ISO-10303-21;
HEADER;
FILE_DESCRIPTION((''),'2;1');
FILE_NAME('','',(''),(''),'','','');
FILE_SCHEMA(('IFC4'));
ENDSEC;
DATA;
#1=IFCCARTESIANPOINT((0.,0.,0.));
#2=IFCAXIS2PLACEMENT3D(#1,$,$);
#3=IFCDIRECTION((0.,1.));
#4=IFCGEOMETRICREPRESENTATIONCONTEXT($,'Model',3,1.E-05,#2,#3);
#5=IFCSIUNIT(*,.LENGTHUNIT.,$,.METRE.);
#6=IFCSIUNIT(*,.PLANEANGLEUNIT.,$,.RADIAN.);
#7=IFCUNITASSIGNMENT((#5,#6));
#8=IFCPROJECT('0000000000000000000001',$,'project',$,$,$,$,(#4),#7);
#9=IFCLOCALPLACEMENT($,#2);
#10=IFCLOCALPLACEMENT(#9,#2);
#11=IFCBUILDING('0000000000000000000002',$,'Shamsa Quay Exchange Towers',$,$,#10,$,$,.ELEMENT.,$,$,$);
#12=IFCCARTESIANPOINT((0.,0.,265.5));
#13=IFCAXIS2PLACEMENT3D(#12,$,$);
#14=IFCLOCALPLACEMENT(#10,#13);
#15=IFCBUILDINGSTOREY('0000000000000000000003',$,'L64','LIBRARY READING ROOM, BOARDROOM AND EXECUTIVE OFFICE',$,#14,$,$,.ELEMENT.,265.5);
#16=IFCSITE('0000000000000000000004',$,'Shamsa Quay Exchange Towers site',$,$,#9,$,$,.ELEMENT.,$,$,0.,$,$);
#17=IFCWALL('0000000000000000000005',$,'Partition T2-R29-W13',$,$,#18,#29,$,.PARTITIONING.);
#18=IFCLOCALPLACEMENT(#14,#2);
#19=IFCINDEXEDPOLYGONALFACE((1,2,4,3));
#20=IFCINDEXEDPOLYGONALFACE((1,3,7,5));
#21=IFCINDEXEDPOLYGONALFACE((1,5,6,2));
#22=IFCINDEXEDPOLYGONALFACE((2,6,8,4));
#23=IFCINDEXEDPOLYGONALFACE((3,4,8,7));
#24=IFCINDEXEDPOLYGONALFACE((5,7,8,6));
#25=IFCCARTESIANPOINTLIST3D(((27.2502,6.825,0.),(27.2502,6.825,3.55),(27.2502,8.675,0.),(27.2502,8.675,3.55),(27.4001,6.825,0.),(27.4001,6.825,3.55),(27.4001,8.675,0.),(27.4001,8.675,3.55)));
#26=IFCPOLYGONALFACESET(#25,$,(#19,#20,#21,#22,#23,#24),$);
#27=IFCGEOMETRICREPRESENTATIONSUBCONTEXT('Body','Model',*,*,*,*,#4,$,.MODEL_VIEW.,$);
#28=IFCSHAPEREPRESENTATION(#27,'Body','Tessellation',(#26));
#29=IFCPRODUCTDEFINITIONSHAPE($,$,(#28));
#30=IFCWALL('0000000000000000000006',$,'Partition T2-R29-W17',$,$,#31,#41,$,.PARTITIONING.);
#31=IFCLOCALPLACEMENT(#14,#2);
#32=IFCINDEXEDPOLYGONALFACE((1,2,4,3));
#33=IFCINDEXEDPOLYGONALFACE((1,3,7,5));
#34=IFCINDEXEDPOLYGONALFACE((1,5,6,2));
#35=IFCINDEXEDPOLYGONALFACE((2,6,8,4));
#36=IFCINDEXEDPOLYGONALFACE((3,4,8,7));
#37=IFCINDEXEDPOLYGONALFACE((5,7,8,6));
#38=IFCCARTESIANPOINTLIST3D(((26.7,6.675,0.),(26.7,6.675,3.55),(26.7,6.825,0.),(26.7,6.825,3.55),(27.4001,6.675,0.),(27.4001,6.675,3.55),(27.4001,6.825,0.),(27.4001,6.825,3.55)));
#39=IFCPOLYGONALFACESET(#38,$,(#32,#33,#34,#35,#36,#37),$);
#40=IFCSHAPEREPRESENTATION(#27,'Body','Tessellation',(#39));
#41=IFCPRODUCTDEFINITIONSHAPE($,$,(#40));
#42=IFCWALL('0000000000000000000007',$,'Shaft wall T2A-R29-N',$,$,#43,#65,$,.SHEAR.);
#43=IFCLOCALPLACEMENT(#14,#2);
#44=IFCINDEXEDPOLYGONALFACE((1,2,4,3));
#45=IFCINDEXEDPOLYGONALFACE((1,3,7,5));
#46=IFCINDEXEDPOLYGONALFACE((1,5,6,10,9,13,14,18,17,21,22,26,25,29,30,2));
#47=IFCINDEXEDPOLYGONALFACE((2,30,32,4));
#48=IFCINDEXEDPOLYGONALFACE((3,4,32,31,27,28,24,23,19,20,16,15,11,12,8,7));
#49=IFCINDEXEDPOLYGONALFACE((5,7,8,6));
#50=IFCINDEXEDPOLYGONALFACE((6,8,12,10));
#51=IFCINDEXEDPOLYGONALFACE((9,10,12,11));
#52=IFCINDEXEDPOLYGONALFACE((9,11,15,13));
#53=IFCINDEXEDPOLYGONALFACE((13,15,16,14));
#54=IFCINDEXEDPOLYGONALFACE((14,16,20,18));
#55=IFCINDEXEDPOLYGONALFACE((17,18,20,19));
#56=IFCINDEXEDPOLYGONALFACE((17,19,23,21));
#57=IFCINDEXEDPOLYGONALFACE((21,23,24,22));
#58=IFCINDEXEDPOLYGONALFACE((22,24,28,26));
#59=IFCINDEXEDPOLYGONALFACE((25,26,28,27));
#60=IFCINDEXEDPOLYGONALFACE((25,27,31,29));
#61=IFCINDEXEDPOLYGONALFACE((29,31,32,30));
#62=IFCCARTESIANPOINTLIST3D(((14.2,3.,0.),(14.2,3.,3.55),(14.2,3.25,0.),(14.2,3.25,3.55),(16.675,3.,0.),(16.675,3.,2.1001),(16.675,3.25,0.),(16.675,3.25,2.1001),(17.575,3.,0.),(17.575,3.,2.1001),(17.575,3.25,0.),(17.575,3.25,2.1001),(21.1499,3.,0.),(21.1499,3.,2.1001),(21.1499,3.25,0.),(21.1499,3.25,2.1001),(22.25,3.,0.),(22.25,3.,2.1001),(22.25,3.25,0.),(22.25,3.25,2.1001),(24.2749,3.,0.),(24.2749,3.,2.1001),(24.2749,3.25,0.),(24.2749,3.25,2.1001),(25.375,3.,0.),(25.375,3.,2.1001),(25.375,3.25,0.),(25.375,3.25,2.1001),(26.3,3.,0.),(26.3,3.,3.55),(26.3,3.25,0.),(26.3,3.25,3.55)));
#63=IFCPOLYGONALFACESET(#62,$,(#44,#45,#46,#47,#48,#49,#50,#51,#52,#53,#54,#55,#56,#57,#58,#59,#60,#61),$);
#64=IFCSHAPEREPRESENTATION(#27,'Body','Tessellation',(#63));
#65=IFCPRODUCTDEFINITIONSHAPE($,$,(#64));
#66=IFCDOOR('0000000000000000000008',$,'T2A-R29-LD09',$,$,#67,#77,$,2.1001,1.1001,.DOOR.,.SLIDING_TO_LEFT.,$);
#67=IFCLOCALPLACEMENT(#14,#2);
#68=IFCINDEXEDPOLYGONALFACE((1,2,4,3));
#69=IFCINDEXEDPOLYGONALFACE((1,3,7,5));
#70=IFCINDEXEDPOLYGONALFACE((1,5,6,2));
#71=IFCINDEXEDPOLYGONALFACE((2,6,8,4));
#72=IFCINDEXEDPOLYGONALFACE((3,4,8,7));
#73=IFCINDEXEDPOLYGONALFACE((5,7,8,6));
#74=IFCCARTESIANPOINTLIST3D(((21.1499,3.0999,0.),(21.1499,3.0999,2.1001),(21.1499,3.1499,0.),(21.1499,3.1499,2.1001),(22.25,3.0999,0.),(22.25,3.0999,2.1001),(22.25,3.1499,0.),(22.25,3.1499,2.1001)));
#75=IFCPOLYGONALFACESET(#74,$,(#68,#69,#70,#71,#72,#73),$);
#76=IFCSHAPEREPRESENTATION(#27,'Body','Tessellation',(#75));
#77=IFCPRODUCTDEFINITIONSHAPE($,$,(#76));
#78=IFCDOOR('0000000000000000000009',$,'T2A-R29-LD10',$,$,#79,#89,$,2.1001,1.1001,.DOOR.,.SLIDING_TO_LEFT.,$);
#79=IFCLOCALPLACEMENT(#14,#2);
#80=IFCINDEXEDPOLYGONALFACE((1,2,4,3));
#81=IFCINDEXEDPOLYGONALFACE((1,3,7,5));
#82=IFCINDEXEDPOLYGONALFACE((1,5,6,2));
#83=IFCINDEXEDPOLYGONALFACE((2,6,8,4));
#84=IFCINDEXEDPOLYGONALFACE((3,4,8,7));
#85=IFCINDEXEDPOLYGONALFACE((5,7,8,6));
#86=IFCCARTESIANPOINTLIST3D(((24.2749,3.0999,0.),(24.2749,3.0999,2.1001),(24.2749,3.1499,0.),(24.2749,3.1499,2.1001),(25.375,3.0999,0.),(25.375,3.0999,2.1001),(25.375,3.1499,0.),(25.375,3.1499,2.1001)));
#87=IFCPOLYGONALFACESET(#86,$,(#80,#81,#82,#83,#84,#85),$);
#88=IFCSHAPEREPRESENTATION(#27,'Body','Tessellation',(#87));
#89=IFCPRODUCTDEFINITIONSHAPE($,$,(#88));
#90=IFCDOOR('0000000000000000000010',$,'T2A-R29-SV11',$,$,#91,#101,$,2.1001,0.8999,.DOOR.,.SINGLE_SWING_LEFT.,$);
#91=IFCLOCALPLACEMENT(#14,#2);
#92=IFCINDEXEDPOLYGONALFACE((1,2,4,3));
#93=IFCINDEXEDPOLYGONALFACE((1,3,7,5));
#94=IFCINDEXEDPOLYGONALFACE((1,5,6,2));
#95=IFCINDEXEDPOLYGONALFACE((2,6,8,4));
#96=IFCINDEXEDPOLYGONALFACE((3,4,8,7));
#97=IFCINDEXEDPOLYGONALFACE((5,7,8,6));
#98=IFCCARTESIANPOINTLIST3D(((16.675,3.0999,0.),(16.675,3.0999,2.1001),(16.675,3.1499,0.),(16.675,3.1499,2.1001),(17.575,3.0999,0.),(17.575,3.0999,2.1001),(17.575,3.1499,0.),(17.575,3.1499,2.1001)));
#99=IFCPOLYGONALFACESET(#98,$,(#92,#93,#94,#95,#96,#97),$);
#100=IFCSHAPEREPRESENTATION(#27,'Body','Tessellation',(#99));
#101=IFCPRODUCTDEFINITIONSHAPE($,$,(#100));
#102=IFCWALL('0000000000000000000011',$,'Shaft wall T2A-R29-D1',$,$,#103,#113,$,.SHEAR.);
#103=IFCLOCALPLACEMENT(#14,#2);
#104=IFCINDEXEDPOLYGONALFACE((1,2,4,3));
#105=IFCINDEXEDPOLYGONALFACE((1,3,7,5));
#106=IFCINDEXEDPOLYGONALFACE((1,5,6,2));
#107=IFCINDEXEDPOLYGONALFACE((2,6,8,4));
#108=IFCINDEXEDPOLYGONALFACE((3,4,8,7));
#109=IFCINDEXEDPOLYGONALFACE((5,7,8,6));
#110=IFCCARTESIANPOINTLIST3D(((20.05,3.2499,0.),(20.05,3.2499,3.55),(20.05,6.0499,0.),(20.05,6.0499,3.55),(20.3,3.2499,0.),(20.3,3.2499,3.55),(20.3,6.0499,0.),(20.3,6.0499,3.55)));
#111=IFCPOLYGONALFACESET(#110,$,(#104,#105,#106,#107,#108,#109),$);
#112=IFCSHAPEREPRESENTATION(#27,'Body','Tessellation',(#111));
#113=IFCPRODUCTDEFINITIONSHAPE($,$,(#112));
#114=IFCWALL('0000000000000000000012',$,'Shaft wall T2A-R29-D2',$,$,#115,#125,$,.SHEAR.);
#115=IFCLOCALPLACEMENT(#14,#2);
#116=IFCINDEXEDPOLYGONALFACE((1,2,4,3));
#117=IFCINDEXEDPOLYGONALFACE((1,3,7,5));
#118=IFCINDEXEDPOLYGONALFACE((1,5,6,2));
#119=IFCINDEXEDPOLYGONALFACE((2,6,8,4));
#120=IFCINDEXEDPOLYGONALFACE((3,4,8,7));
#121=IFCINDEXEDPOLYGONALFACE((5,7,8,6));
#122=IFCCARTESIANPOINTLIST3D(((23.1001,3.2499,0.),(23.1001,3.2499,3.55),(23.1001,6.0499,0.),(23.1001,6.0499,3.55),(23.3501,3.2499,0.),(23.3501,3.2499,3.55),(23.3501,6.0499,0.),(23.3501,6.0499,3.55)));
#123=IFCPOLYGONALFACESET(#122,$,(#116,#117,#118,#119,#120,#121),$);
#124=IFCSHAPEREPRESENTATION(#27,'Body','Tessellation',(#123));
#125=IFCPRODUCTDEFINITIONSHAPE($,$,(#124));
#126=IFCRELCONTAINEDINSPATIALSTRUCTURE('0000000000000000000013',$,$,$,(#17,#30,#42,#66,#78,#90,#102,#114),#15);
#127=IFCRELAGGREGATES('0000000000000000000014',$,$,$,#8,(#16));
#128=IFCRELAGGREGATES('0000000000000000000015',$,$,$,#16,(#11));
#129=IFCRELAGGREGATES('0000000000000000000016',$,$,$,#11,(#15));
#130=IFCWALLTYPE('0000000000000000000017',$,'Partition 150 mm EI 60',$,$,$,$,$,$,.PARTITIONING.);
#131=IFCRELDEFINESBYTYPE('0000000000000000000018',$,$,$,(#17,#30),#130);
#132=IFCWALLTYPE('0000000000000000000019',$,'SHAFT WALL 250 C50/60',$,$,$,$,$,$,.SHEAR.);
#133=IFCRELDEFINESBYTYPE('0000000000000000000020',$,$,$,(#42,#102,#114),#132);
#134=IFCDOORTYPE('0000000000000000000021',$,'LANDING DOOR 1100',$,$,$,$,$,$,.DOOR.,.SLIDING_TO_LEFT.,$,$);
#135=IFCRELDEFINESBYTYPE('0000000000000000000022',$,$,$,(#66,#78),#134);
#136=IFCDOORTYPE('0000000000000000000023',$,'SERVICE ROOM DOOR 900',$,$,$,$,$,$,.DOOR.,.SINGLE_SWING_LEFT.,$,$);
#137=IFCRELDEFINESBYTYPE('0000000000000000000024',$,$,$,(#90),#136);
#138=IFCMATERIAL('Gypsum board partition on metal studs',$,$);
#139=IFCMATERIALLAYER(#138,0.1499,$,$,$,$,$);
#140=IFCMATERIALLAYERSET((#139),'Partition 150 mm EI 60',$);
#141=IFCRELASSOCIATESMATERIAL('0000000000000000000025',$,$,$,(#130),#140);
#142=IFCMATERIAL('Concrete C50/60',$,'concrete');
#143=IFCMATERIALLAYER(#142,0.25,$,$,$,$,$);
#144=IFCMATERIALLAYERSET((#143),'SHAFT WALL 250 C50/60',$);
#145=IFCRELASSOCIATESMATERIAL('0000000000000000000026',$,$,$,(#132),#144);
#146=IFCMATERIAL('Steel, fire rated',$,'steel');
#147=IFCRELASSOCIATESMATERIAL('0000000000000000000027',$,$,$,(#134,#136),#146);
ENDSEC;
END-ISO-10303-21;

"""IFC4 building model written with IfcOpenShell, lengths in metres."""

from ifc_helpers import new_model, si_unit, direction, frame, frame_2d, origin, place, context, subcontext, project, spatial, rectangle, extrude, material, layer, layer_set, type_object, element, fill, save


model = new_model("IFC4")

# Units and contexts
model_context = context("Model", 3, precision=1e-05, world=origin(), true_north=direction((0.0, 1.0)))
body_context = subcontext(model_context, "Body", "Model", "MODEL_VIEW")
ifc_project = project(units=[si_unit("LENGTHUNIT", "METRE"), si_unit("PLANEANGLEUNIT", "RADIAN")], contexts=[model_context])

# Site, building, storey
site_placement = place(None, origin())
site = spatial("IfcSite", under=ifc_project, at=site_placement, Name="Shamsa Quay Exchange Towers site", CompositionType="ELEMENT", RefElevation=0.0)
building_placement = place(site_placement, origin())
building = spatial("IfcBuilding", under=site, at=building_placement, Name="Shamsa Quay Exchange Towers", CompositionType="ELEMENT")
storey_placement = place(building_placement, frame((0.0, 0.0, 265.5)))
storey = spatial("IfcBuildingStorey", under=building, at=storey_placement, Name="L64", Description="LIBRARY READING ROOM, BOARDROOM AND EXECUTIVE OFFICE", CompositionType="ELEMENT", Elevation=265.5)

# Shared definitions
ifc_material_1 = material(Name="Steel, fire rated", Category="steel")

# Walls
ifc_material_2 = material(Name="Gypsum board partition on metal studs")
ifc_layer_1 = layer(ifc_material_2, 0.1499)
ifc_layer_set_1 = layer_set([ifc_layer_1], Name="Partition 150 mm EI 60")
wall_type_1 = type_object("IfcWallType", Name="Partition 150 mm EI 60", PredefinedType="PARTITIONING", material=ifc_layer_set_1)
wall_1_placement = place(storey_placement, frame((27.3252, 8.675, 0.0), z_axis=(0.0, 0.0, 1.0), x_axis=(0.0, -1.0, 0.0)))
element("IfcWall", 1, at=wall_1_placement, inside=storey, type_object=wall_type_1, Name="Partition T2-R29-W13", PredefinedType="PARTITIONING", context=body_context, shape_type="SweptSolid", body=[
    extrude(rectangle(XDim=1.8501, YDim=0.1499, at=frame_2d((0.925, 0.0))), origin(), (0.0, 0.0, 1.0), 3.55),
])
wall_2_placement = place(storey_placement, frame((27.4001, 6.75, 0.0), z_axis=(0.0, 0.0, 1.0), x_axis=(-1.0, 0.0, 0.0)))
element("IfcWall", 2, at=wall_2_placement, inside=storey, type_object=wall_type_1, Name="Partition T2-R29-W17", PredefinedType="PARTITIONING", context=body_context, shape_type="SweptSolid", body=[
    extrude(rectangle(XDim=0.7002, YDim=0.1499, at=frame_2d((0.3501, 0.0))), origin(), (0.0, 0.0, 1.0), 3.55),
])

# Wall, openings, doors
ifc_material_3 = material(Name="Concrete C50/60", Category="concrete")
ifc_layer_2 = layer(ifc_material_3, 0.25)
ifc_layer_set_2 = layer_set([ifc_layer_2], Name="SHAFT WALL 250 C50/60")
wall_type_2 = type_object("IfcWallType", Name="SHAFT WALL 250 C50/60", PredefinedType="SHEAR", material=ifc_layer_set_2)
wall_3_placement = place(storey_placement, frame((14.2, 3.125, 0.0)))
wall_3 = element("IfcWall", 3, at=wall_3_placement, inside=storey, type_object=wall_type_2, Name="Shaft wall T2A-R29-N", PredefinedType="SHEAR", context=body_context, shape_type="SweptSolid", body=[
    extrude(rectangle(XDim=12.1001, YDim=0.25, at=frame_2d((6.05, 0.0))), origin(), (0.0, 0.0, 1.0), 3.55),
])
opening_1_placement = place(wall_3_placement, frame((6.95, 0.0, 0.0)))
opening_1 = element("IfcOpeningElement", 4, at=opening_1_placement, cuts=wall_3, PredefinedType="OPENING", context=body_context, shape_type="SweptSolid", body=[
    extrude(rectangle(XDim=1.1001, YDim=2.1001, at=frame_2d((0.55, 1.05))), frame((0.0, 0.135, 0.0), z_axis=(0.0, -1.0, 0.0), x_axis=(1.0, 0.0, 0.0)), (0.0, 0.0, 1.0), 0.27),
])
opening_2_placement = place(wall_3_placement, frame((10.075, 0.0, 0.0)))
opening_2 = element("IfcOpeningElement", 5, at=opening_2_placement, cuts=wall_3, PredefinedType="OPENING", context=body_context, shape_type="SweptSolid", body=[
    extrude(rectangle(XDim=1.1001, YDim=2.1001, at=frame_2d((0.55, 1.05))), frame((0.0, 0.135, 0.0), z_axis=(0.0, -1.0, 0.0), x_axis=(1.0, 0.0, 0.0)), (0.0, 0.0, 1.0), 0.27),
])
opening_3_placement = place(wall_3_placement, frame((2.4751, 0.0, 0.0)))
opening_3 = element("IfcOpeningElement", 6, at=opening_3_placement, cuts=wall_3, PredefinedType="OPENING", context=body_context, shape_type="SweptSolid", body=[
    extrude(rectangle(XDim=0.8999, YDim=2.1001, at=frame_2d((0.45, 1.05))), frame((0.0, 0.135, 0.0), z_axis=(0.0, -1.0, 0.0), x_axis=(1.0, 0.0, 0.0)), (0.0, 0.0, 1.0), 0.27),
])
door_type_1 = type_object("IfcDoorType", Name="LANDING DOOR 1100", OperationType="SLIDING_TO_LEFT", PredefinedType="DOOR", material=ifc_material_1)
door_1_placement = place(opening_1_placement, origin())
door_1 = element("IfcDoor", 7, at=door_1_placement, inside=storey, type_object=door_type_1, Name="T2A-R29-LD09", OperationType="SLIDING_TO_LEFT", OverallHeight=2.1001, OverallWidth=1.1001, PredefinedType="DOOR", context=body_context, shape_type="SweptSolid", body=[
    extrude(rectangle(XDim=1.1001, YDim=2.1001, at=frame_2d((0.55, 1.05))), frame((0.0, 0.0249, 0.0), z_axis=(0.0, -1.0, 0.0), x_axis=(1.0, 0.0, 0.0)), (0.0, 0.0, 1.0), 0.05),
])
fill(opening_1, door_1)
door_2_placement = place(opening_2_placement, origin())
door_2 = element("IfcDoor", 8, at=door_2_placement, inside=storey, type_object=door_type_1, Name="T2A-R29-LD10", OperationType="SLIDING_TO_LEFT", OverallHeight=2.1001, OverallWidth=1.1001, PredefinedType="DOOR", context=body_context, shape_type="SweptSolid", body=[
    extrude(rectangle(XDim=1.1001, YDim=2.1001, at=frame_2d((0.55, 1.05))), frame((0.0, 0.0249, 0.0), z_axis=(0.0, -1.0, 0.0), x_axis=(1.0, 0.0, 0.0)), (0.0, 0.0, 1.0), 0.05),
])
fill(opening_2, door_2)
door_type_2 = type_object("IfcDoorType", Name="SERVICE ROOM DOOR 900", OperationType="SINGLE_SWING_LEFT", PredefinedType="DOOR", material=ifc_material_1)
door_3_placement = place(opening_3_placement, origin())
door_3 = element("IfcDoor", 9, at=door_3_placement, inside=storey, type_object=door_type_2, Name="T2A-R29-SV11", OperationType="SINGLE_SWING_LEFT", OverallHeight=2.1001, OverallWidth=0.8999, PredefinedType="DOOR", context=body_context, shape_type="SweptSolid", body=[
    extrude(rectangle(XDim=0.8999, YDim=2.1001, at=frame_2d((0.45, 1.05))), frame((0.0, 0.0249, 0.0), z_axis=(0.0, -1.0, 0.0), x_axis=(1.0, 0.0, 0.0)), (0.0, 0.0, 1.0), 0.05),
])
fill(opening_3, door_3)

# Walls
for number, where, z_axis, x_axis, name in (
    (10, (20.175, 3.25, 0.0), (0.0, 0.0, 1.0), (0.0, 1.0, 0.0), "Shaft wall T2A-R29-D1"),
    (11, (23.2251, 3.25, 0.0), (0.0, 0.0, 1.0), (0.0, 1.0, 0.0), "Shaft wall T2A-R29-D2"),
):
    element("IfcWall", number, at=place(storey_placement, frame(where, z_axis=z_axis, x_axis=x_axis)), inside=storey, type_object=wall_type_2, Name=name, PredefinedType="SHEAR", context=body_context, shape_type="SweptSolid", body=[
        extrude(rectangle(XDim=2.8, YDim=0.25, at=frame_2d((1.3999, 0.0))), origin(), (0.0, 0.0, 1.0), 3.55),
    ])

save(model, "model.ifc")
